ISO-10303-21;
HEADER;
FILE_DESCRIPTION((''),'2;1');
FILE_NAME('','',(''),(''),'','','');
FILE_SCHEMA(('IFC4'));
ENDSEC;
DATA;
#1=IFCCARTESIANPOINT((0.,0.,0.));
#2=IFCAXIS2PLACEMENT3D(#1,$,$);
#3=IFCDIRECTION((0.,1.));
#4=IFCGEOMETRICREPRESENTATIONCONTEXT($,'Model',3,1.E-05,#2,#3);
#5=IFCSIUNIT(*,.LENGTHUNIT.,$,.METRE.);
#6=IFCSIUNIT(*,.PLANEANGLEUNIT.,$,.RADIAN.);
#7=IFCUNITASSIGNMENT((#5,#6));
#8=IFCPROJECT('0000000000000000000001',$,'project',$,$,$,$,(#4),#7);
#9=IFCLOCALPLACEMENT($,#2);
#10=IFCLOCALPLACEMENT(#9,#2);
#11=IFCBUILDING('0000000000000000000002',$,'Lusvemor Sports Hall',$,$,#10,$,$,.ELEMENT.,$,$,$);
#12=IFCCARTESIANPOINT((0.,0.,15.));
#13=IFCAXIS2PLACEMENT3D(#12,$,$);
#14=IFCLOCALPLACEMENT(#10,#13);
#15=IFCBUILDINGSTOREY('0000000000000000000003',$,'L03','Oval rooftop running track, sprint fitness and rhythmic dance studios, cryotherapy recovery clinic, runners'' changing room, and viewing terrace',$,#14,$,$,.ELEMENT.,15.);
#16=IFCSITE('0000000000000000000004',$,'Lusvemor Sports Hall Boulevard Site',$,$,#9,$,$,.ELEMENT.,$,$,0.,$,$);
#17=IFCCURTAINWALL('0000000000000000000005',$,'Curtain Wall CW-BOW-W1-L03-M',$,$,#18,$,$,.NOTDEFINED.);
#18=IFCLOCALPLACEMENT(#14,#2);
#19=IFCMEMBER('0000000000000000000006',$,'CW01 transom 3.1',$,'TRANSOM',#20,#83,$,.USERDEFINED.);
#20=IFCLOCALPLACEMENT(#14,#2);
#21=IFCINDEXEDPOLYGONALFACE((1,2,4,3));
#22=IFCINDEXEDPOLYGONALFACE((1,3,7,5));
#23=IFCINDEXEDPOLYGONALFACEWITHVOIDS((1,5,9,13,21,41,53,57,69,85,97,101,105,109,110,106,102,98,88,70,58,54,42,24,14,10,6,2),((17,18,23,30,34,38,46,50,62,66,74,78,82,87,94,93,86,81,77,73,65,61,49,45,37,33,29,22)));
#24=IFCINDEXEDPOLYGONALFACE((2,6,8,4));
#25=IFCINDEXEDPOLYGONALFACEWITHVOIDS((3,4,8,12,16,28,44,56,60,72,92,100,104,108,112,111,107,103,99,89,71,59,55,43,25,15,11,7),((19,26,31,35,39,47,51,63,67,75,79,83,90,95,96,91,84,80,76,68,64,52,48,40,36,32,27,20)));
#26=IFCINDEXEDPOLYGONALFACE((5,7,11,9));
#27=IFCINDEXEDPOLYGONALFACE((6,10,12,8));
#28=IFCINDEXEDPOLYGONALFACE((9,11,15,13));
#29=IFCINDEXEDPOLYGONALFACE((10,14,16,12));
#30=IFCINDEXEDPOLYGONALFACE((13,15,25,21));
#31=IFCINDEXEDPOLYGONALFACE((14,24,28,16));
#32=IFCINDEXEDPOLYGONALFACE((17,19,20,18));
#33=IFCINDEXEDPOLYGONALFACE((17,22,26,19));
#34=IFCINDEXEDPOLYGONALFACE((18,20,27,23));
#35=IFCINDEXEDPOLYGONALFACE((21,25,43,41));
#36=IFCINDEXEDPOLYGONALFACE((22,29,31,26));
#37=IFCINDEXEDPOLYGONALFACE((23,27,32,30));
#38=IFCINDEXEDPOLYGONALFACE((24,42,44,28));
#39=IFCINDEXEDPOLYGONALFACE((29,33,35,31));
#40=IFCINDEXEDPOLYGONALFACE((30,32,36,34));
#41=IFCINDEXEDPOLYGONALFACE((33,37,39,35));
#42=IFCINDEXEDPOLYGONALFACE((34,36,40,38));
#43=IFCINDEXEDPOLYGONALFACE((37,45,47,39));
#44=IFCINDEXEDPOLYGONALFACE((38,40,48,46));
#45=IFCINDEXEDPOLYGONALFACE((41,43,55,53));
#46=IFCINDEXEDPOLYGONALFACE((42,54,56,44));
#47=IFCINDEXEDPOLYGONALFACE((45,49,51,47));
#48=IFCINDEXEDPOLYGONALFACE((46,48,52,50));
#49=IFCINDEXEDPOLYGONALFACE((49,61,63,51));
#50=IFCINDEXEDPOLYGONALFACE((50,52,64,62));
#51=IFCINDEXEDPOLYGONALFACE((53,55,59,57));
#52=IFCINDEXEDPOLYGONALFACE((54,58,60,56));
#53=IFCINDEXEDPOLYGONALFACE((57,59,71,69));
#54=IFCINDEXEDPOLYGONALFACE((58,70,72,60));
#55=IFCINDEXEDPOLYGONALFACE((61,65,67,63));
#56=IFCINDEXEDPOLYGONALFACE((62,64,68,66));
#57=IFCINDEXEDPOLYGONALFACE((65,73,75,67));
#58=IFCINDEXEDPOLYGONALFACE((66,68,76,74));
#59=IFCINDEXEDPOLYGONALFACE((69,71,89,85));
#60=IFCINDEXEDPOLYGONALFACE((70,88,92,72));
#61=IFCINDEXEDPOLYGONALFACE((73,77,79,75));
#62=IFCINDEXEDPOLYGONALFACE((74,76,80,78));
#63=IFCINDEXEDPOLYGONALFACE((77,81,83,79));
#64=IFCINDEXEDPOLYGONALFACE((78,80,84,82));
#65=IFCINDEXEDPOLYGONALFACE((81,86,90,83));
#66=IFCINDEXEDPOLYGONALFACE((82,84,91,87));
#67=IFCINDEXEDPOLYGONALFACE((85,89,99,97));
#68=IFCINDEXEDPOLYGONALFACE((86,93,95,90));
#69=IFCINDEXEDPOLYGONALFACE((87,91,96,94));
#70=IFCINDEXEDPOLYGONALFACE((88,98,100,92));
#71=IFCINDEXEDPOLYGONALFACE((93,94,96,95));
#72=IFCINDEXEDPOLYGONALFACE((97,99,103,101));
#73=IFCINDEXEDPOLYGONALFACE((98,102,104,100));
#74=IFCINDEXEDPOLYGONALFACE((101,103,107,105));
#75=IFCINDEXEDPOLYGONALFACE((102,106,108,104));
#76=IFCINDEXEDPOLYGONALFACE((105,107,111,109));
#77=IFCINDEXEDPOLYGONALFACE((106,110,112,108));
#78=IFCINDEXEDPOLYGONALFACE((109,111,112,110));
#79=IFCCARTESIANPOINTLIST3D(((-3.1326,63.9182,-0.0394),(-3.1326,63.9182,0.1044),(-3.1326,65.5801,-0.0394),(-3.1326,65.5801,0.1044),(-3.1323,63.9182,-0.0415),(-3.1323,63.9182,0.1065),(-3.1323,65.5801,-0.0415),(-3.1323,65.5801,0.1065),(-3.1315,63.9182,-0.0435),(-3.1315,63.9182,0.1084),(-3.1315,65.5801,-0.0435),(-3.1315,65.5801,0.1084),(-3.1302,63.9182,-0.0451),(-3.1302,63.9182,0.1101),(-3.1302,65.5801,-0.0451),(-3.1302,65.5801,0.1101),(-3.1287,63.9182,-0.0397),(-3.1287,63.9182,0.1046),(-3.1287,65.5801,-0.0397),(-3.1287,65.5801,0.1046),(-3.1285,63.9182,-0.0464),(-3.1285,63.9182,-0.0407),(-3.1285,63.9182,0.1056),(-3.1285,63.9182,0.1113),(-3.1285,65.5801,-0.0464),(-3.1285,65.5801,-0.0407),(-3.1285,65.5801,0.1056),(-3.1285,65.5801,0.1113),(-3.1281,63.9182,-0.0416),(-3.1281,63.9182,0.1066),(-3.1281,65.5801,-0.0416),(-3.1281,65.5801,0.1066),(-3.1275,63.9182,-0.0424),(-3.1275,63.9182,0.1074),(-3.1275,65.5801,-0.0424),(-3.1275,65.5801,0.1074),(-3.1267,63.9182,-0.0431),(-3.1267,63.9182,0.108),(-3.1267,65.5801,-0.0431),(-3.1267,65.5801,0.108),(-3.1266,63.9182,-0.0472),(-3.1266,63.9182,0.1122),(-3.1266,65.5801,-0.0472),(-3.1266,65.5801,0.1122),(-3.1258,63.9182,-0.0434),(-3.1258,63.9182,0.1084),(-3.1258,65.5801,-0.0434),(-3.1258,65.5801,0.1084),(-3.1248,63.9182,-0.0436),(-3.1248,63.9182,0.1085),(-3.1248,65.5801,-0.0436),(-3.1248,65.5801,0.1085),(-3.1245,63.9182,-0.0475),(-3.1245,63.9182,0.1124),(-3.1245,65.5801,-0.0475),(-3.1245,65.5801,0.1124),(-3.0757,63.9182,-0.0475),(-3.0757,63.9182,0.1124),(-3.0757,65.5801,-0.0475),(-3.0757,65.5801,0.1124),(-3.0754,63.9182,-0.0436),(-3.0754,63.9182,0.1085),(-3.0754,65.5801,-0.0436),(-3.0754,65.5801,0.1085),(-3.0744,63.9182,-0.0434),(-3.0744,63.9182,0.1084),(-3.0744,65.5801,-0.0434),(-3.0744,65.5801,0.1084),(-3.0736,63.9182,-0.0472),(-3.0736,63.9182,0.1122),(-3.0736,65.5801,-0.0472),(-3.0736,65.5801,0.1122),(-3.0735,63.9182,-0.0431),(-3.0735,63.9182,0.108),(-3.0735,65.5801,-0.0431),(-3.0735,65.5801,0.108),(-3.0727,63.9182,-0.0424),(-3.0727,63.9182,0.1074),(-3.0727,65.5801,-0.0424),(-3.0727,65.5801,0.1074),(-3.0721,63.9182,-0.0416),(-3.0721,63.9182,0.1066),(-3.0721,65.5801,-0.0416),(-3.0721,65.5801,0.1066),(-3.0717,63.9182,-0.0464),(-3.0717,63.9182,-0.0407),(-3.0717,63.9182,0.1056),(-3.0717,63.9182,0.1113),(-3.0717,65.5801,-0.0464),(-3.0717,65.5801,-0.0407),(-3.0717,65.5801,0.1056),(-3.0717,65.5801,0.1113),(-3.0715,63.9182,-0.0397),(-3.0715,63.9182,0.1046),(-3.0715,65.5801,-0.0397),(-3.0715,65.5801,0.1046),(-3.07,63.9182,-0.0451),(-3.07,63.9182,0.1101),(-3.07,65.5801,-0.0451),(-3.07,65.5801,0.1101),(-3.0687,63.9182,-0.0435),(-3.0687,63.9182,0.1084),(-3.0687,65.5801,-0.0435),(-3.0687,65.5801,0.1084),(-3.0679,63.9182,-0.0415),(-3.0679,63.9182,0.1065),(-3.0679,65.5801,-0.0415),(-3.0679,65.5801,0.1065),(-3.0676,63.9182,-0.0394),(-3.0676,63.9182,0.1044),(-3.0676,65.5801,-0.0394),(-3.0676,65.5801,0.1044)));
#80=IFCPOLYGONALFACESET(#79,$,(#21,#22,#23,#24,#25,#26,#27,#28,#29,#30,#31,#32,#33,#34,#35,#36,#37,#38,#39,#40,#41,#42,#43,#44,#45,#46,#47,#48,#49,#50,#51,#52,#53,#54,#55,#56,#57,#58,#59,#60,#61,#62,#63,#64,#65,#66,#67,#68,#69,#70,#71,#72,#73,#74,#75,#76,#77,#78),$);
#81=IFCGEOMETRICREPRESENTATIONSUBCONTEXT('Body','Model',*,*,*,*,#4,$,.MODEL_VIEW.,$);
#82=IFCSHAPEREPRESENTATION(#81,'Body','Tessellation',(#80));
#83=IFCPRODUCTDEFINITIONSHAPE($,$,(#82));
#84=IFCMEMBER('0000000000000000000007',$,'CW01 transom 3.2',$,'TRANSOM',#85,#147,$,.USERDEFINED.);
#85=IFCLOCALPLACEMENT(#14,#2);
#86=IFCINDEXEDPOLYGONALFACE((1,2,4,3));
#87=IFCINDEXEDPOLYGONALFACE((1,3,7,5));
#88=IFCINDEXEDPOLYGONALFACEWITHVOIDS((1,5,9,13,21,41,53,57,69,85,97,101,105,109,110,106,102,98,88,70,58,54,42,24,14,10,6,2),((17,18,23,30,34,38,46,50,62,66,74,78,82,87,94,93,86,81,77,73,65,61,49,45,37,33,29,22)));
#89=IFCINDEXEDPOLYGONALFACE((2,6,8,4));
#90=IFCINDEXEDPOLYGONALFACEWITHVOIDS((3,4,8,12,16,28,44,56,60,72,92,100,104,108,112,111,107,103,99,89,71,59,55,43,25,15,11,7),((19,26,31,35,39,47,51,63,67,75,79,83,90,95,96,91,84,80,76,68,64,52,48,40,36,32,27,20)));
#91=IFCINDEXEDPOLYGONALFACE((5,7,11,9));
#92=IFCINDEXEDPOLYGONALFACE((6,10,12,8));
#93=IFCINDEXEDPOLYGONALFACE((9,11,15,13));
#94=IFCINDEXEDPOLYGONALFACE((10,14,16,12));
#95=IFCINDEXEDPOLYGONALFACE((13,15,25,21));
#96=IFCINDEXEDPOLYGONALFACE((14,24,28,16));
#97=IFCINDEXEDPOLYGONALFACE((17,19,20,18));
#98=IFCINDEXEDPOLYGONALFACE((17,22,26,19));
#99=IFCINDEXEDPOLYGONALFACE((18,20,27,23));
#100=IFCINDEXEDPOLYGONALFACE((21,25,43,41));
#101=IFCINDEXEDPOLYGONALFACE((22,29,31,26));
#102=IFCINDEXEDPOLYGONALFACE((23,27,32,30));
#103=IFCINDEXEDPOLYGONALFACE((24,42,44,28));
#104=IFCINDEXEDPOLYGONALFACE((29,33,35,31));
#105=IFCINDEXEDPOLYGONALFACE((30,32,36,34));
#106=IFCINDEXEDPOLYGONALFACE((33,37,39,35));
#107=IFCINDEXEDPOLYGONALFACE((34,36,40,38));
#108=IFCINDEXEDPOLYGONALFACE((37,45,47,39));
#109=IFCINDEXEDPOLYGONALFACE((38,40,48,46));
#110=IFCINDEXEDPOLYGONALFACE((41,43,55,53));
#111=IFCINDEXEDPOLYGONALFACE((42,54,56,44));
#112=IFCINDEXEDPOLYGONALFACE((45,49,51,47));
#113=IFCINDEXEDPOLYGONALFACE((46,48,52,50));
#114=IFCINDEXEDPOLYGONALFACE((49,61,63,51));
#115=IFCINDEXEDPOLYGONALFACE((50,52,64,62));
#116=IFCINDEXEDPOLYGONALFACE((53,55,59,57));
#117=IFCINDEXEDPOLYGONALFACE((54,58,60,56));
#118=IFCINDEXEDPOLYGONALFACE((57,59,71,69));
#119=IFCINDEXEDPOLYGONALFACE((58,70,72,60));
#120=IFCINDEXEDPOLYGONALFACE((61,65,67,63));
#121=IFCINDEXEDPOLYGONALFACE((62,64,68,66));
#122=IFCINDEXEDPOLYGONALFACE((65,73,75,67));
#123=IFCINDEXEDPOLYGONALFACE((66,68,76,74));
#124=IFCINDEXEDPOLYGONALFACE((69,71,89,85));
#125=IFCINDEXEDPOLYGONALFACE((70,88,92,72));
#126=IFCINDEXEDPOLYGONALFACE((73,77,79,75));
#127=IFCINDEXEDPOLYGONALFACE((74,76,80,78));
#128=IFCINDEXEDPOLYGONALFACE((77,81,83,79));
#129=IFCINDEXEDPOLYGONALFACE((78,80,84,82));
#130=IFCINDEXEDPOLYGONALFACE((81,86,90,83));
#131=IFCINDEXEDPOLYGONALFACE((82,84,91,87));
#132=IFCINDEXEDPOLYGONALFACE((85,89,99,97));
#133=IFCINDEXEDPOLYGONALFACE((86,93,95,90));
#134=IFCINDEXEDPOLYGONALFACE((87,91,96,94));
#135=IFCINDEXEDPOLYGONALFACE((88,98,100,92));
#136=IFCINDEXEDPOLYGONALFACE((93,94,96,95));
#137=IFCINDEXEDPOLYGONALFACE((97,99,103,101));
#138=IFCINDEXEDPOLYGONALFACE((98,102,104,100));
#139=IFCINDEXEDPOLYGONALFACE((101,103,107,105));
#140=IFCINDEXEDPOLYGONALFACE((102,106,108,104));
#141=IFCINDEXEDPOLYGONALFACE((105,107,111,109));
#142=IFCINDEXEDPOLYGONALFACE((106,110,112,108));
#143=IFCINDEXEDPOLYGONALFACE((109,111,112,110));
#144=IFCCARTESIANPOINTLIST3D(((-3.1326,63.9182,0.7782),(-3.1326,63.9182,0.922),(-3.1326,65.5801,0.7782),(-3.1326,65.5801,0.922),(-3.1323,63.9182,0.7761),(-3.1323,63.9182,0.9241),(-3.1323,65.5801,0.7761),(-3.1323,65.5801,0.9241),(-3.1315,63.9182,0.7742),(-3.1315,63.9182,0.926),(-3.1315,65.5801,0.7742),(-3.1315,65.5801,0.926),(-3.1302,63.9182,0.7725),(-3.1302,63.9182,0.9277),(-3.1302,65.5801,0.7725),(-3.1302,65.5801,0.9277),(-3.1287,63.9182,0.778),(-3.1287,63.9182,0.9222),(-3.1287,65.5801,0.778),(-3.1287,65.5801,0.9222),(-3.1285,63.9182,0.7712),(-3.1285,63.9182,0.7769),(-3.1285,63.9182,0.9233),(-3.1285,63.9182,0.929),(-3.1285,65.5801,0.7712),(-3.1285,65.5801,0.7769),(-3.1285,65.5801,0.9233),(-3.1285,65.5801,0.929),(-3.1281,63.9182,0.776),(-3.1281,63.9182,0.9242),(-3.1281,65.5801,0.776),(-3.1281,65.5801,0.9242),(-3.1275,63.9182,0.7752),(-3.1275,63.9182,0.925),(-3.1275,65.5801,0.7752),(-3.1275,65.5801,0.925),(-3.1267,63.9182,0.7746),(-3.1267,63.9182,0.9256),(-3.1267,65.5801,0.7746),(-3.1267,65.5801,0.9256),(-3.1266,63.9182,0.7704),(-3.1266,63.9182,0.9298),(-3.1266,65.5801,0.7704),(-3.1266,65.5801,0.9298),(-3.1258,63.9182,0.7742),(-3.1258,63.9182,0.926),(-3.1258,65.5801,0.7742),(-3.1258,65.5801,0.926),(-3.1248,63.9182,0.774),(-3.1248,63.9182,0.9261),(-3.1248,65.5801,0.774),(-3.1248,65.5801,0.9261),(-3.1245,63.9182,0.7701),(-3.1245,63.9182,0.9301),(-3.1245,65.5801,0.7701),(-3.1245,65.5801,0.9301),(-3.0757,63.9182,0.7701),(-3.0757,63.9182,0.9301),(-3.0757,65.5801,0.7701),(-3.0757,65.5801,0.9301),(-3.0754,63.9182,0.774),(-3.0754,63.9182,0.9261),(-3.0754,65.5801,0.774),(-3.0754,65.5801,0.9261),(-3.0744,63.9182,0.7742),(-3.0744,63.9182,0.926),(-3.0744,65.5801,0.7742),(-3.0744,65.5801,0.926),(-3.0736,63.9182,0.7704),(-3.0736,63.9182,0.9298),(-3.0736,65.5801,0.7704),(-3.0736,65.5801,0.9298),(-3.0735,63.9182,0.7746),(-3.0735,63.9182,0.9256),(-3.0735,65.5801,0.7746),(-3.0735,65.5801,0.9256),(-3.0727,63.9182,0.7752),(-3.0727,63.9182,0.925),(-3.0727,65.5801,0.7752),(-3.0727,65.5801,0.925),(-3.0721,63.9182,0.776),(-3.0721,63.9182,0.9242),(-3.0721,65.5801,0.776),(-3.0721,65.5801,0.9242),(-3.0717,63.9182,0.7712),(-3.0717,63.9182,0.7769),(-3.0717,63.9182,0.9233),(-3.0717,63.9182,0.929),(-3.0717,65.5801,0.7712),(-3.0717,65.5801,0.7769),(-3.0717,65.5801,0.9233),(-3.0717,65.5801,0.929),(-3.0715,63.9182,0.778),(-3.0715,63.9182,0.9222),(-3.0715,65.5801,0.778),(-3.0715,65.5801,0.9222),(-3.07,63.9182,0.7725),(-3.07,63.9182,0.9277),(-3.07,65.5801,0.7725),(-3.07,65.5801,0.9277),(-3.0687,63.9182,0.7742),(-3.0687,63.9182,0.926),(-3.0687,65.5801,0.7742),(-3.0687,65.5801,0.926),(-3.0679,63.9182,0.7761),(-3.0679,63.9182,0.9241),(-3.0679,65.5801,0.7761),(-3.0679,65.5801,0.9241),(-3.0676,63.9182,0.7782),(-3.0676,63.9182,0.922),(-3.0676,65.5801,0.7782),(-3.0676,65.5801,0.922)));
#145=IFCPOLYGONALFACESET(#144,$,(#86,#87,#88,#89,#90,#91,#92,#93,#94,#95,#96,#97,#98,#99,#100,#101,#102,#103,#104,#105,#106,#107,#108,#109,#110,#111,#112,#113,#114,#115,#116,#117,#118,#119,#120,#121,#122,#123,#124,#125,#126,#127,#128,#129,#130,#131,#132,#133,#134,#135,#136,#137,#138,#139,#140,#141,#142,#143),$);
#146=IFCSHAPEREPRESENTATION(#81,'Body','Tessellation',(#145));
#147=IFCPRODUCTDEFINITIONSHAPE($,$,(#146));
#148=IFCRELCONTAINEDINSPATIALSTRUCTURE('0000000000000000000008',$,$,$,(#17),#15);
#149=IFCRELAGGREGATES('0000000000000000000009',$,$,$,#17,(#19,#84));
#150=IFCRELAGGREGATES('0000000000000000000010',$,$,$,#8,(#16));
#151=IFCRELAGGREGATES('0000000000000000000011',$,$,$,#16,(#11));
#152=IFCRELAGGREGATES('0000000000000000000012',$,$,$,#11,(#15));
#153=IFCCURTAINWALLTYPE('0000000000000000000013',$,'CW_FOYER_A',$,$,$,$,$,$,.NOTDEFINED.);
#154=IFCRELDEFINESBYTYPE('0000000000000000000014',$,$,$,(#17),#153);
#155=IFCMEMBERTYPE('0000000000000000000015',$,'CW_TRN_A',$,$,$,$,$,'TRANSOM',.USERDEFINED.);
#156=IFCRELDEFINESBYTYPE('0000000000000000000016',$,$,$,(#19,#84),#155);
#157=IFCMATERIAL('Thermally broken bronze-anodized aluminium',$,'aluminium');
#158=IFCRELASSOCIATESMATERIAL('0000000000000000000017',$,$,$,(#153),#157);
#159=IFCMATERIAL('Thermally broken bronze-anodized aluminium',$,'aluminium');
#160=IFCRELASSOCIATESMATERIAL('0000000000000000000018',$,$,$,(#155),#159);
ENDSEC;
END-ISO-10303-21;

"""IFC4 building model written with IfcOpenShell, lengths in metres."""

from ifc_helpers import new_model, si_unit, direction, frame, origin, origin_2d, place, context, subcontext, project, spatial, hollow_rectangle, extrude, material, material_profile, profile_set, type_object, element, aggregate, save


model = new_model("IFC4")

# Units and contexts
model_context = context("Model", 3, precision=1e-05, world=origin(), true_north=direction((0.0, 1.0)))
body_context = subcontext(model_context, "Body", "Model", "MODEL_VIEW")
ifc_project = project(units=[si_unit("LENGTHUNIT", "METRE"), si_unit("PLANEANGLEUNIT", "RADIAN")], contexts=[model_context])

# Site, building, storey
site_placement = place(None, origin())
site = spatial("IfcSite", under=ifc_project, at=site_placement, Name="Lusvemor Sports Hall Boulevard Site", CompositionType="ELEMENT", RefElevation=0.0)
building_placement = place(site_placement, origin())
building = spatial("IfcBuilding", under=site, at=building_placement, Name="Lusvemor Sports Hall", CompositionType="ELEMENT")
storey_placement = place(building_placement, frame((0.0, 0.0, 15.0)))
storey = spatial("IfcBuildingStorey", under=building, at=storey_placement, Name="L03", Description="Oval rooftop running track, sprint fitness and rhythmic dance studios, cryotherapy recovery clinic, runners' changing room, and viewing terrace", CompositionType="ELEMENT", Elevation=15.0)

# Curtain wall
ifc_material_1 = material(Name="Thermally broken bronze-anodized aluminium", Category="aluminium")
curtain_wall_type_1 = type_object("IfcCurtainWallType", Name="CW_FOYER_A", PredefinedType="NOTDEFINED", material=ifc_material_1)
curtain_wall_1_placement = place(storey_placement, origin())
curtain_wall_1 = element("IfcCurtainWall", 1, at=curtain_wall_1_placement, inside=storey, type_object=curtain_wall_type_1, Name="Curtain Wall CW-BOW-W1-L03-M", PredefinedType="NOTDEFINED")

# Members
ifc_material_2 = material(Name="Thermally broken bronze-anodized aluminium", Category="aluminium")
ifc_material_profile_1 = material_profile(ifc_material_2, hollow_rectangle(XDim=0.0649, YDim=0.1599, WallThickness=0.0039, InnerFilletRadius=0.0039, OuterFilletRadius=0.0081, at=origin_2d()), Name="CWTRN160x65x4")
ifc_profile_set_1 = profile_set([ifc_material_profile_1], Name="Thermally broken bronze-anodized aluminium")
member_type_1 = type_object("IfcMemberType", Name="CW_TRN_A", ElementType="TRANSOM", PredefinedType="USERDEFINED", material=ifc_profile_set_1)
member_1_placement = place(storey_placement, frame((-3.1001, 63.9182, 0.0325), z_axis=(0.0, 1.0, 0.0), x_axis=(-1.0, 0.0, 0.0)))
member_1 = element("IfcMember", 2, at=member_1_placement, type_object=member_type_1, Name="CW01 transom 3.1", ObjectType="TRANSOM", PredefinedType="USERDEFINED", context=body_context, shape_type="SweptSolid", body=[
    extrude(hollow_rectangle(XDim=0.0649, YDim=0.1599, WallThickness=0.0039, InnerFilletRadius=0.0039, OuterFilletRadius=0.0081, at=origin_2d()), origin(), (0.0, 0.0, 1.0), 1.6619),
])
member_2_placement = place(storey_placement, frame((-3.1001, 63.9182, 0.8501), z_axis=(0.0, 1.0, 0.0), x_axis=(-1.0, 0.0, 0.0)))
member_2 = element("IfcMember", 3, at=member_2_placement, type_object=member_type_1, Name="CW01 transom 3.2", ObjectType="TRANSOM", PredefinedType="USERDEFINED", context=body_context, shape_type="SweptSolid", body=[
    extrude(hollow_rectangle(XDim=0.0649, YDim=0.1599, WallThickness=0.0039, InnerFilletRadius=0.0039, OuterFilletRadius=0.0081, at=origin_2d()), origin(), (0.0, 0.0, 1.0), 1.6619),
])

aggregate(curtain_wall_1, [member_1, member_2])

save(model, "model.ifc")
